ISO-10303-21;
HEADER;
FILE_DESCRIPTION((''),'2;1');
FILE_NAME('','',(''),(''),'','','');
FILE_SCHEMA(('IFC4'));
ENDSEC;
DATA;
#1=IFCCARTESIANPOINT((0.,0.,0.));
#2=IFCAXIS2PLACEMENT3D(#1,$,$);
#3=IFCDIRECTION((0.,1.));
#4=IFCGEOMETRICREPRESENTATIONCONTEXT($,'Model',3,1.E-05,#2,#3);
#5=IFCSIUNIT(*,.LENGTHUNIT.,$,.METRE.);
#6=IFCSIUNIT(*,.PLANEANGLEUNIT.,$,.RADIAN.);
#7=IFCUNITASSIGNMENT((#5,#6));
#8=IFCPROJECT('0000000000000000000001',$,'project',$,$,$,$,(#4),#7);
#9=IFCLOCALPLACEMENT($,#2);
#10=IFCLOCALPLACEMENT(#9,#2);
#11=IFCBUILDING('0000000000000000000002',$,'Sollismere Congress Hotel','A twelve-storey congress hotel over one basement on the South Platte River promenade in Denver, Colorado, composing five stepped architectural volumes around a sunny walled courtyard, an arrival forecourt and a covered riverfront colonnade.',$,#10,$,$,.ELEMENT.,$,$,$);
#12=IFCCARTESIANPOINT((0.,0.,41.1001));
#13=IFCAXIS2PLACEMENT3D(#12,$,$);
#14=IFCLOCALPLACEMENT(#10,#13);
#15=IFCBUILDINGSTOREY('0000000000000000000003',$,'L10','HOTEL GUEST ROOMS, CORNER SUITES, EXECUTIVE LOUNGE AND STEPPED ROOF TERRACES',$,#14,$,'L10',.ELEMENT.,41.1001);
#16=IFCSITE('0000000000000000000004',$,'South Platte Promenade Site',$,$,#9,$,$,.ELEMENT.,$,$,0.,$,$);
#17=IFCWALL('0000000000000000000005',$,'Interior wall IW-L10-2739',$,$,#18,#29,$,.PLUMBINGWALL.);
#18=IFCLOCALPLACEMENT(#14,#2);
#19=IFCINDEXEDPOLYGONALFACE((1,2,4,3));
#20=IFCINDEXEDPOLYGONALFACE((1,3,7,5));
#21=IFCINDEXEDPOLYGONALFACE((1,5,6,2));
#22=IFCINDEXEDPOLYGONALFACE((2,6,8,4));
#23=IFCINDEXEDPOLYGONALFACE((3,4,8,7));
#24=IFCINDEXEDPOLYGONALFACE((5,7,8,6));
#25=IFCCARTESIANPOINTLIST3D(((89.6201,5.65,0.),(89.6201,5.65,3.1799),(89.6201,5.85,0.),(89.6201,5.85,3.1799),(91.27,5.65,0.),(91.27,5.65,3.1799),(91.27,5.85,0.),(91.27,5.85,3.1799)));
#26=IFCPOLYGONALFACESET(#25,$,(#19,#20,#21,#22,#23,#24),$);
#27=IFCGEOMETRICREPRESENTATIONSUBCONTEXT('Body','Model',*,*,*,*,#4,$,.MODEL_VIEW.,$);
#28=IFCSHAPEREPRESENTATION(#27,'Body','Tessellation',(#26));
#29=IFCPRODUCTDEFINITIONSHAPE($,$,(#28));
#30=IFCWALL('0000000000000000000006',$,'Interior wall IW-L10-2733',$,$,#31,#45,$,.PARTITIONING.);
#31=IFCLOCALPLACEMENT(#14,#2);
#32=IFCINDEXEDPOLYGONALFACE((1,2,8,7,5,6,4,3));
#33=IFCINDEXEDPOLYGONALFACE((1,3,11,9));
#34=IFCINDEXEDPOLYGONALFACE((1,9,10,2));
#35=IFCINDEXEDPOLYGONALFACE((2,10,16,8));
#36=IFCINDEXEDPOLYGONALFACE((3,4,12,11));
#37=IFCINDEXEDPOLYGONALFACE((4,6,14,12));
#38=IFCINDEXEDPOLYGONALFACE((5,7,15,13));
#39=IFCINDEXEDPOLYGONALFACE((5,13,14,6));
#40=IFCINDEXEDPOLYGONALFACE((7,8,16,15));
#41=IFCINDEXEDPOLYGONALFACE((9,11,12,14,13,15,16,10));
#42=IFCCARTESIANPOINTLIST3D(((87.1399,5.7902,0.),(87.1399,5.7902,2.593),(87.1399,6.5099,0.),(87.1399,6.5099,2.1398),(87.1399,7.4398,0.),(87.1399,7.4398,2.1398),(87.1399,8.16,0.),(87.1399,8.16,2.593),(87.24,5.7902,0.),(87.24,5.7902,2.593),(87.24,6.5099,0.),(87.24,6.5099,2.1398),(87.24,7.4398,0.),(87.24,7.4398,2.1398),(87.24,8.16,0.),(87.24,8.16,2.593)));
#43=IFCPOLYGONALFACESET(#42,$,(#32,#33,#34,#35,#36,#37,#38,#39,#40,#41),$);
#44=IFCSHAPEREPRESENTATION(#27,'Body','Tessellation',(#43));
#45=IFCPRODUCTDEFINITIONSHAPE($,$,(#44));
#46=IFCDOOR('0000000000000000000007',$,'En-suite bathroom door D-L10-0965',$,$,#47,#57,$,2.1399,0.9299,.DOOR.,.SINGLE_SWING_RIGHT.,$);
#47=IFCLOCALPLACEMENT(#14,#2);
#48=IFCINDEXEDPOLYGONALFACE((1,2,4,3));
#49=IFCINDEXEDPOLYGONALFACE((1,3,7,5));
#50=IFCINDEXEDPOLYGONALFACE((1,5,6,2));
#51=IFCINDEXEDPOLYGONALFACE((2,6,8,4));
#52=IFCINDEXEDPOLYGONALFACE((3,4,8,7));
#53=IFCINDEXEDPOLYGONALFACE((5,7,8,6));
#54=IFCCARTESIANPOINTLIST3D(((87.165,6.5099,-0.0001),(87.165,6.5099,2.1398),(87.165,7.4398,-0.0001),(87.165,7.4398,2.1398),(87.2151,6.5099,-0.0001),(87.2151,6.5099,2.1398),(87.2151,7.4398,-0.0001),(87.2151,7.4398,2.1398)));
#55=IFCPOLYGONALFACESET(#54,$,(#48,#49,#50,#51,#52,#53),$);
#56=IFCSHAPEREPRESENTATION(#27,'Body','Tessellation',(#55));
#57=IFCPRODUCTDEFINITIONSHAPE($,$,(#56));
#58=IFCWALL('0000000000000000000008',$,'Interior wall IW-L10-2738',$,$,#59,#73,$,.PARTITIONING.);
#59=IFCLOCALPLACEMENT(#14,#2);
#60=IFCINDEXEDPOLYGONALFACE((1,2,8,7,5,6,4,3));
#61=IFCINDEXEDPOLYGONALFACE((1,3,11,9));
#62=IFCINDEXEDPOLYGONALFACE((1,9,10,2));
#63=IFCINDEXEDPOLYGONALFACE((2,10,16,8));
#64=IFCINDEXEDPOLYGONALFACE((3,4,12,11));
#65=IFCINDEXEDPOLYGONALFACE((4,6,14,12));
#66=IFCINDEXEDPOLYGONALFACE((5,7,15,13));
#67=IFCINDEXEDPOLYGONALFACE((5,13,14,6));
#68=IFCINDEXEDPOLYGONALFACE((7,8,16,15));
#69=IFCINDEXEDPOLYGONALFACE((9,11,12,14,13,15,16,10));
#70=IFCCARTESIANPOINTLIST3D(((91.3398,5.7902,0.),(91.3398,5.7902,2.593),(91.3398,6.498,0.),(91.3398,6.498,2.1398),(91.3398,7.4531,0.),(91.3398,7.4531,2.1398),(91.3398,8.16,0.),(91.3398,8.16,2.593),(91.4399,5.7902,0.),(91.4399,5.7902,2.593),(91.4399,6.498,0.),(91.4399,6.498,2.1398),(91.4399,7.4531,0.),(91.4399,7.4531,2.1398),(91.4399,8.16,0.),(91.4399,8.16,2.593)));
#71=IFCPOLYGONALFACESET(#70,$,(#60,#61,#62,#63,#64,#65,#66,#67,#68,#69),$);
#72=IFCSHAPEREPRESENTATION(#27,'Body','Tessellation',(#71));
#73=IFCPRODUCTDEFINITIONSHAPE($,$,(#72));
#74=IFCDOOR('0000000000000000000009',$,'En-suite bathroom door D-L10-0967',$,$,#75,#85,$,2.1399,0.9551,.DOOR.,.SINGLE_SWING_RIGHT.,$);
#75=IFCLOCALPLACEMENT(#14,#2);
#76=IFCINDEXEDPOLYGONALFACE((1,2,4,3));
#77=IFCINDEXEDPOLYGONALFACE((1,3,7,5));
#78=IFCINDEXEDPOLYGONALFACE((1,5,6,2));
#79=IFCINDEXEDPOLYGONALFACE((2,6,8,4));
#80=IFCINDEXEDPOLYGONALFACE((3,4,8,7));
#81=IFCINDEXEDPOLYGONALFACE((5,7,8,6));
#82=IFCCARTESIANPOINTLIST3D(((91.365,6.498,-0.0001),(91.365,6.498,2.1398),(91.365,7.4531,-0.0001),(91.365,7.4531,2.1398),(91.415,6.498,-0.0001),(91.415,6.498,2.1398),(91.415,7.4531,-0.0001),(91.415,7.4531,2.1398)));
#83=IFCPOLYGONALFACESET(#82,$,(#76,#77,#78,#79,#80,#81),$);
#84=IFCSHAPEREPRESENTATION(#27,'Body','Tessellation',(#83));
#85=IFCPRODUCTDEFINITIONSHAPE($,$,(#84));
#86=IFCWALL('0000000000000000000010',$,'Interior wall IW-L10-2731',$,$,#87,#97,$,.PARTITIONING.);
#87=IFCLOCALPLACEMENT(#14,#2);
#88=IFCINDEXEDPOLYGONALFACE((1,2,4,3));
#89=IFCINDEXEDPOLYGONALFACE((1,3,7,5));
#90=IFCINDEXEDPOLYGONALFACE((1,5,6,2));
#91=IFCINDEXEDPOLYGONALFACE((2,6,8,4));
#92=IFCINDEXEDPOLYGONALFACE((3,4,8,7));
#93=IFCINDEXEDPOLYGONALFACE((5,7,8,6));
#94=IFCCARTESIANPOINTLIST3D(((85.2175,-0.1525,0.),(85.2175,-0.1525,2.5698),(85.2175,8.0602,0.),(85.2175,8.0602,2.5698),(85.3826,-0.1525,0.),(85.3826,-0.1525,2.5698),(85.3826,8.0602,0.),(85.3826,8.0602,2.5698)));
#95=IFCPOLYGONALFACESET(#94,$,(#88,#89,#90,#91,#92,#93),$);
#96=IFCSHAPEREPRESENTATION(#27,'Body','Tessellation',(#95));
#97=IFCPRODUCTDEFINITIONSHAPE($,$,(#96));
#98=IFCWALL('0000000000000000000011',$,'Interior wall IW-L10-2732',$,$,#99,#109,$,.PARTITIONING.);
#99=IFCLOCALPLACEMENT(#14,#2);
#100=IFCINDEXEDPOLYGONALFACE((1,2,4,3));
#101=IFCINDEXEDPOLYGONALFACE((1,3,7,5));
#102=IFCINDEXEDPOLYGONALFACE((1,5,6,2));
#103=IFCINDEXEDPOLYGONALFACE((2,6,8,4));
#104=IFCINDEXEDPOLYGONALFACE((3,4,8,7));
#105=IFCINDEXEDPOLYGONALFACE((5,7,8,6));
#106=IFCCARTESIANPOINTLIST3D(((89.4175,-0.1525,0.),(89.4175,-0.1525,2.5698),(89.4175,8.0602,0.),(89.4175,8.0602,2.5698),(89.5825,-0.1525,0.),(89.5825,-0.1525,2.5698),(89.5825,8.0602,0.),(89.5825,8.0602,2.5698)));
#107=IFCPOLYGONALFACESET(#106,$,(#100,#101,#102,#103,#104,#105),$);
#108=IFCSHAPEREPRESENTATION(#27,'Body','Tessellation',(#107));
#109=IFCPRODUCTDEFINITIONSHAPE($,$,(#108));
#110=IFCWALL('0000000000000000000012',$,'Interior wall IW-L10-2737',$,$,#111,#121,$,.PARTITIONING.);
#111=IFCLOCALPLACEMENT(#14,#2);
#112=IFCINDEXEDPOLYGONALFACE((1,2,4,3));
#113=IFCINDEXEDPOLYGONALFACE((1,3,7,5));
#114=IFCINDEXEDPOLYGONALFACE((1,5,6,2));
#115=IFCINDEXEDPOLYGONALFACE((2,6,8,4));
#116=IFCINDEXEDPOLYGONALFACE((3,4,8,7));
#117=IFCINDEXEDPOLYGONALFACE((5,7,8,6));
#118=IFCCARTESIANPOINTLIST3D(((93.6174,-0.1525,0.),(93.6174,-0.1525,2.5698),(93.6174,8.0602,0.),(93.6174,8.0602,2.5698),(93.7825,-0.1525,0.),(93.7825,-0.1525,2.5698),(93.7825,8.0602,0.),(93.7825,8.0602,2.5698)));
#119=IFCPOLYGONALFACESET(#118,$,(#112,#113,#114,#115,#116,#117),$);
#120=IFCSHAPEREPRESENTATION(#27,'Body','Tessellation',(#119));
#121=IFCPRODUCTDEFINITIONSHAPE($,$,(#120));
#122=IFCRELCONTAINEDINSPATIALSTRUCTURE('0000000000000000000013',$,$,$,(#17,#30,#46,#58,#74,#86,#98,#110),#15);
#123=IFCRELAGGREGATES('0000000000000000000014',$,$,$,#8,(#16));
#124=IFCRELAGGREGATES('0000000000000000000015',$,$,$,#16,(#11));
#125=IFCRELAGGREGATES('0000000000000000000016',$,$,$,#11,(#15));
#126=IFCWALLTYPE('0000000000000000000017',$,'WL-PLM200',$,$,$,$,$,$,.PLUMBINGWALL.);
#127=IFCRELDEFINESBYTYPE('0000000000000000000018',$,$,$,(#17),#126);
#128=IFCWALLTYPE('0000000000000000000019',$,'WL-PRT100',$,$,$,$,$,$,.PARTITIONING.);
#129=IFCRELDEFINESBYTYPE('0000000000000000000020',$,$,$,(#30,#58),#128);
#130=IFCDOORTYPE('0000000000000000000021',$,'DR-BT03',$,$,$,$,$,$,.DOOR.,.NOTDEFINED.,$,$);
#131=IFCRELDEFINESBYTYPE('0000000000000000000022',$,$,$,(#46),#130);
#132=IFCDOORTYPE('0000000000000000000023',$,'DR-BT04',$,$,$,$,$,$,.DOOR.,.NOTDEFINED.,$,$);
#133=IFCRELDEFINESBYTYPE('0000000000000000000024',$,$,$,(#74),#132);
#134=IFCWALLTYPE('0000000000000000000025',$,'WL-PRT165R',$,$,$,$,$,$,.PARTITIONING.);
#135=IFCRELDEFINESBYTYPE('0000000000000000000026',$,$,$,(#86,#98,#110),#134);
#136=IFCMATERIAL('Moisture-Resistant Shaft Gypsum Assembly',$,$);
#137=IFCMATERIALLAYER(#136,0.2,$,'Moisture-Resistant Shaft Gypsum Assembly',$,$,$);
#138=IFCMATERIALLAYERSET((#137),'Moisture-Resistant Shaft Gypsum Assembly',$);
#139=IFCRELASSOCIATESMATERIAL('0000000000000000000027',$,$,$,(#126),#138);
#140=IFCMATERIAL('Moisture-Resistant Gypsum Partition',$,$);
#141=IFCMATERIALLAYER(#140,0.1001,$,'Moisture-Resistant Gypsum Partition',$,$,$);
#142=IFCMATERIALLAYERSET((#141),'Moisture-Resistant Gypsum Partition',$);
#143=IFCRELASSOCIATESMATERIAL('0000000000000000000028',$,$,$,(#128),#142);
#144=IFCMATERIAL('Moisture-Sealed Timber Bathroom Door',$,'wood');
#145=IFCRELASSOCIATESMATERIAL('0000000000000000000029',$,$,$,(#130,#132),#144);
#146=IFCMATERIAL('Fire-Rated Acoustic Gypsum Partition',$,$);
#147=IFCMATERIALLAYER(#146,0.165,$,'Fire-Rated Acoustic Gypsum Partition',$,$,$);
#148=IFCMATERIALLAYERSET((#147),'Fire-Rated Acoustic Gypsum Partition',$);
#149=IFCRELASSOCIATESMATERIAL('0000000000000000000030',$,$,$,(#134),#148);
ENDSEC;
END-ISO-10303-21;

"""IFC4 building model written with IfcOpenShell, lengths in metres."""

from ifc_helpers import new_model, si_unit, direction, frame, frame_2d, origin, place, context, subcontext, project, spatial, rectangle, extrude, material, layer, layer_set, type_object, element, fill, save


model = new_model("IFC4")

# Units and contexts
model_context = context("Model", 3, precision=1e-05, world=origin(), true_north=direction((0.0, 1.0)))
body_context = subcontext(model_context, "Body", "Model", "MODEL_VIEW")
ifc_project = project(units=[si_unit("LENGTHUNIT", "METRE"), si_unit("PLANEANGLEUNIT", "RADIAN")], contexts=[model_context])

# Site, building, storey
site_placement = place(None, origin())
site = spatial("IfcSite", under=ifc_project, at=site_placement, Name="South Platte Promenade Site", CompositionType="ELEMENT", RefElevation=0.0)
building_placement = place(site_placement, origin())
building = spatial("IfcBuilding", under=site, at=building_placement, Name="Sollismere Congress Hotel", Description="A twelve-storey congress hotel over one basement on the South Platte River promenade in Denver, Colorado, composing five stepped architectural volumes around a sunny walled courtyard, an arrival forecourt and a covered riverfront colonnade.", CompositionType="ELEMENT")
storey_placement = place(building_placement, frame((0.0, 0.0, 41.1001)))
storey = spatial("IfcBuildingStorey", under=building, at=storey_placement, Name="L10", Description="HOTEL GUEST ROOMS, CORNER SUITES, EXECUTIVE LOUNGE AND STEPPED ROOF TERRACES", LongName="L10", CompositionType="ELEMENT", Elevation=41.1001)

# Wall
ifc_material_1 = material(Name="Moisture-Resistant Shaft Gypsum Assembly")
ifc_layer_1 = layer(ifc_material_1, 0.2, Name="Moisture-Resistant Shaft Gypsum Assembly")
ifc_layer_set_1 = layer_set([ifc_layer_1], Name="Moisture-Resistant Shaft Gypsum Assembly")
wall_type_1 = type_object("IfcWallType", Name="WL-PLM200", PredefinedType="PLUMBINGWALL", material=ifc_layer_set_1)
wall_1_placement = place(storey_placement, frame((89.6201, 5.75, 0.0), z_axis=(0.0, 0.0, 1.0), x_axis=(1.0, 0.0, 0.0)))
element("IfcWall", 1, at=wall_1_placement, inside=storey, type_object=wall_type_1, Name="Interior wall IW-L10-2739", PredefinedType="PLUMBINGWALL", context=body_context, shape_type="SweptSolid", body=[
    extrude(rectangle(XDim=1.6499, YDim=0.2, at=frame_2d((0.825, 0.0))), origin(), (0.0, 0.0, 1.0), 3.1799),
])

# Walls, openings, doors
ifc_material_2 = material(Name="Moisture-Resistant Gypsum Partition")
ifc_layer_2 = layer(ifc_material_2, 0.1001, Name="Moisture-Resistant Gypsum Partition")
ifc_layer_set_2 = layer_set([ifc_layer_2], Name="Moisture-Resistant Gypsum Partition")
wall_type_2 = type_object("IfcWallType", Name="WL-PRT100", PredefinedType="PARTITIONING", material=ifc_layer_set_2)
wall_2_placement = place(storey_placement, frame((87.1899, 5.79, 0.0), z_axis=(0.0, 0.0, 1.0), x_axis=(0.0, 1.0, 0.0)))
wall_2 = element("IfcWall", 2, at=wall_2_placement, inside=storey, type_object=wall_type_2, Name="Interior wall IW-L10-2733", PredefinedType="PARTITIONING", context=body_context, shape_type="SweptSolid", body=[
    extrude(rectangle(XDim=2.3699, YDim=0.1001, at=frame_2d((1.1851, 0.0))), origin(), (0.0, 0.0, 1.0), 2.593),
])
opening_1_placement = place(wall_2_placement, frame((0.72, 0.0, 0.0)))
opening_1 = element("IfcOpeningElement", 3, at=opening_1_placement, cuts=wall_2, PredefinedType="OPENING", context=body_context, shape_type="SweptSolid", body=[
    extrude(rectangle(XDim=0.9299, YDim=2.1399, at=frame_2d((0.4648, 1.0698))), frame((0.0, 0.0601, 0.0), z_axis=(0.0, -1.0, 0.0), x_axis=(1.0, 0.0, 0.0)), (0.0, 0.0, 1.0), 0.1201),
])
ifc_material_3 = material(Name="Moisture-Sealed Timber Bathroom Door", Category="wood")
door_type_1 = type_object("IfcDoorType", Name="DR-BT03", OperationType="NOTDEFINED", PredefinedType="DOOR", material=ifc_material_3)
door_1_placement = place(opening_1_placement, origin())
door_1 = element("IfcDoor", 4, at=door_1_placement, inside=storey, type_object=door_type_1, Name="En-suite bathroom door D-L10-0965", OperationType="SINGLE_SWING_RIGHT", OverallHeight=2.1399, OverallWidth=0.9299, PredefinedType="DOOR", context=body_context, shape_type="SweptSolid", body=[
    extrude(rectangle(XDim=0.9299, YDim=2.1399, at=frame_2d((0.4648, 1.0698))), frame((0.0, 0.0249, 0.0), z_axis=(0.0, -1.0, 0.0), x_axis=(1.0, 0.0, 0.0)), (0.0, 0.0, 1.0), 0.05),
])
fill(opening_1, door_1)
wall_3_placement = place(storey_placement, frame((91.3899, 5.79, 0.0), z_axis=(0.0, 0.0, 1.0), x_axis=(0.0, 1.0, 0.0)))
wall_3 = element("IfcWall", 5, at=wall_3_placement, inside=storey, type_object=wall_type_2, Name="Interior wall IW-L10-2738", PredefinedType="PARTITIONING", context=body_context, shape_type="SweptSolid", body=[
    extrude(rectangle(XDim=2.3699, YDim=0.1001, at=frame_2d((1.1851, 0.0))), origin(), (0.0, 0.0, 1.0), 2.593),
])
opening_2_placement = place(wall_3_placement, frame((0.708, 0.0, 0.0)))
opening_2 = element("IfcOpeningElement", 6, at=opening_2_placement, cuts=wall_3, PredefinedType="OPENING", context=body_context, shape_type="SweptSolid", body=[
    extrude(rectangle(XDim=0.9551, YDim=2.1399, at=frame_2d((0.4775, 1.0698))), frame((0.0, 0.0601, 0.0), z_axis=(0.0, -1.0, 0.0), x_axis=(1.0, 0.0, 0.0)), (0.0, 0.0, 1.0), 0.1201),
])
door_type_2 = type_object("IfcDoorType", Name="DR-BT04", OperationType="NOTDEFINED", PredefinedType="DOOR", material=ifc_material_3)
door_2_placement = place(opening_2_placement, origin())
door_2 = element("IfcDoor", 7, at=door_2_placement, inside=storey, type_object=door_type_2, Name="En-suite bathroom door D-L10-0967", OperationType="SINGLE_SWING_RIGHT", OverallHeight=2.1399, OverallWidth=0.9551, PredefinedType="DOOR", context=body_context, shape_type="SweptSolid", body=[
    extrude(rectangle(XDim=0.9551, YDim=2.1399, at=frame_2d((0.4775, 1.0698))), frame((0.0, 0.0249, 0.0), z_axis=(0.0, -1.0, 0.0), x_axis=(1.0, 0.0, 0.0)), (0.0, 0.0, 1.0), 0.05),
])
fill(opening_2, door_2)

# Walls
ifc_material_4 = material(Name="Fire-Rated Acoustic Gypsum Partition")
ifc_layer_3 = layer(ifc_material_4, 0.165, Name="Fire-Rated Acoustic Gypsum Partition")
ifc_layer_set_3 = layer_set([ifc_layer_3], Name="Fire-Rated Acoustic Gypsum Partition")
wall_type_3 = type_object("IfcWallType", Name="WL-PRT165R", PredefinedType="PARTITIONING", material=ifc_layer_set_3)
for number, where, z_axis, x_axis, name in (
    (8, (85.3, -0.1526, 0.0), (0.0, 0.0, 1.0), (0.0, 1.0, 0.0), "Interior wall IW-L10-2731"),
    (9, (89.5, -0.1526, 0.0), (0.0, 0.0, 1.0), (0.0, 1.0, 0.0), "Interior wall IW-L10-2732"),
    (10, (93.7, -0.1526, 0.0), (0.0, 0.0, 1.0), (0.0, 1.0, 0.0), "Interior wall IW-L10-2737"),
):
    element("IfcWall", number, at=place(storey_placement, frame(where, z_axis=z_axis, x_axis=x_axis)), inside=storey, type_object=wall_type_3, Name=name, PredefinedType="PARTITIONING", context=body_context, shape_type="SweptSolid", body=[
        extrude(rectangle(XDim=8.2126, YDim=0.165, at=frame_2d((4.1064, 0.0))), origin(), (0.0, 0.0, 1.0), 2.5698),
    ])

save(model, "model.ifc")
